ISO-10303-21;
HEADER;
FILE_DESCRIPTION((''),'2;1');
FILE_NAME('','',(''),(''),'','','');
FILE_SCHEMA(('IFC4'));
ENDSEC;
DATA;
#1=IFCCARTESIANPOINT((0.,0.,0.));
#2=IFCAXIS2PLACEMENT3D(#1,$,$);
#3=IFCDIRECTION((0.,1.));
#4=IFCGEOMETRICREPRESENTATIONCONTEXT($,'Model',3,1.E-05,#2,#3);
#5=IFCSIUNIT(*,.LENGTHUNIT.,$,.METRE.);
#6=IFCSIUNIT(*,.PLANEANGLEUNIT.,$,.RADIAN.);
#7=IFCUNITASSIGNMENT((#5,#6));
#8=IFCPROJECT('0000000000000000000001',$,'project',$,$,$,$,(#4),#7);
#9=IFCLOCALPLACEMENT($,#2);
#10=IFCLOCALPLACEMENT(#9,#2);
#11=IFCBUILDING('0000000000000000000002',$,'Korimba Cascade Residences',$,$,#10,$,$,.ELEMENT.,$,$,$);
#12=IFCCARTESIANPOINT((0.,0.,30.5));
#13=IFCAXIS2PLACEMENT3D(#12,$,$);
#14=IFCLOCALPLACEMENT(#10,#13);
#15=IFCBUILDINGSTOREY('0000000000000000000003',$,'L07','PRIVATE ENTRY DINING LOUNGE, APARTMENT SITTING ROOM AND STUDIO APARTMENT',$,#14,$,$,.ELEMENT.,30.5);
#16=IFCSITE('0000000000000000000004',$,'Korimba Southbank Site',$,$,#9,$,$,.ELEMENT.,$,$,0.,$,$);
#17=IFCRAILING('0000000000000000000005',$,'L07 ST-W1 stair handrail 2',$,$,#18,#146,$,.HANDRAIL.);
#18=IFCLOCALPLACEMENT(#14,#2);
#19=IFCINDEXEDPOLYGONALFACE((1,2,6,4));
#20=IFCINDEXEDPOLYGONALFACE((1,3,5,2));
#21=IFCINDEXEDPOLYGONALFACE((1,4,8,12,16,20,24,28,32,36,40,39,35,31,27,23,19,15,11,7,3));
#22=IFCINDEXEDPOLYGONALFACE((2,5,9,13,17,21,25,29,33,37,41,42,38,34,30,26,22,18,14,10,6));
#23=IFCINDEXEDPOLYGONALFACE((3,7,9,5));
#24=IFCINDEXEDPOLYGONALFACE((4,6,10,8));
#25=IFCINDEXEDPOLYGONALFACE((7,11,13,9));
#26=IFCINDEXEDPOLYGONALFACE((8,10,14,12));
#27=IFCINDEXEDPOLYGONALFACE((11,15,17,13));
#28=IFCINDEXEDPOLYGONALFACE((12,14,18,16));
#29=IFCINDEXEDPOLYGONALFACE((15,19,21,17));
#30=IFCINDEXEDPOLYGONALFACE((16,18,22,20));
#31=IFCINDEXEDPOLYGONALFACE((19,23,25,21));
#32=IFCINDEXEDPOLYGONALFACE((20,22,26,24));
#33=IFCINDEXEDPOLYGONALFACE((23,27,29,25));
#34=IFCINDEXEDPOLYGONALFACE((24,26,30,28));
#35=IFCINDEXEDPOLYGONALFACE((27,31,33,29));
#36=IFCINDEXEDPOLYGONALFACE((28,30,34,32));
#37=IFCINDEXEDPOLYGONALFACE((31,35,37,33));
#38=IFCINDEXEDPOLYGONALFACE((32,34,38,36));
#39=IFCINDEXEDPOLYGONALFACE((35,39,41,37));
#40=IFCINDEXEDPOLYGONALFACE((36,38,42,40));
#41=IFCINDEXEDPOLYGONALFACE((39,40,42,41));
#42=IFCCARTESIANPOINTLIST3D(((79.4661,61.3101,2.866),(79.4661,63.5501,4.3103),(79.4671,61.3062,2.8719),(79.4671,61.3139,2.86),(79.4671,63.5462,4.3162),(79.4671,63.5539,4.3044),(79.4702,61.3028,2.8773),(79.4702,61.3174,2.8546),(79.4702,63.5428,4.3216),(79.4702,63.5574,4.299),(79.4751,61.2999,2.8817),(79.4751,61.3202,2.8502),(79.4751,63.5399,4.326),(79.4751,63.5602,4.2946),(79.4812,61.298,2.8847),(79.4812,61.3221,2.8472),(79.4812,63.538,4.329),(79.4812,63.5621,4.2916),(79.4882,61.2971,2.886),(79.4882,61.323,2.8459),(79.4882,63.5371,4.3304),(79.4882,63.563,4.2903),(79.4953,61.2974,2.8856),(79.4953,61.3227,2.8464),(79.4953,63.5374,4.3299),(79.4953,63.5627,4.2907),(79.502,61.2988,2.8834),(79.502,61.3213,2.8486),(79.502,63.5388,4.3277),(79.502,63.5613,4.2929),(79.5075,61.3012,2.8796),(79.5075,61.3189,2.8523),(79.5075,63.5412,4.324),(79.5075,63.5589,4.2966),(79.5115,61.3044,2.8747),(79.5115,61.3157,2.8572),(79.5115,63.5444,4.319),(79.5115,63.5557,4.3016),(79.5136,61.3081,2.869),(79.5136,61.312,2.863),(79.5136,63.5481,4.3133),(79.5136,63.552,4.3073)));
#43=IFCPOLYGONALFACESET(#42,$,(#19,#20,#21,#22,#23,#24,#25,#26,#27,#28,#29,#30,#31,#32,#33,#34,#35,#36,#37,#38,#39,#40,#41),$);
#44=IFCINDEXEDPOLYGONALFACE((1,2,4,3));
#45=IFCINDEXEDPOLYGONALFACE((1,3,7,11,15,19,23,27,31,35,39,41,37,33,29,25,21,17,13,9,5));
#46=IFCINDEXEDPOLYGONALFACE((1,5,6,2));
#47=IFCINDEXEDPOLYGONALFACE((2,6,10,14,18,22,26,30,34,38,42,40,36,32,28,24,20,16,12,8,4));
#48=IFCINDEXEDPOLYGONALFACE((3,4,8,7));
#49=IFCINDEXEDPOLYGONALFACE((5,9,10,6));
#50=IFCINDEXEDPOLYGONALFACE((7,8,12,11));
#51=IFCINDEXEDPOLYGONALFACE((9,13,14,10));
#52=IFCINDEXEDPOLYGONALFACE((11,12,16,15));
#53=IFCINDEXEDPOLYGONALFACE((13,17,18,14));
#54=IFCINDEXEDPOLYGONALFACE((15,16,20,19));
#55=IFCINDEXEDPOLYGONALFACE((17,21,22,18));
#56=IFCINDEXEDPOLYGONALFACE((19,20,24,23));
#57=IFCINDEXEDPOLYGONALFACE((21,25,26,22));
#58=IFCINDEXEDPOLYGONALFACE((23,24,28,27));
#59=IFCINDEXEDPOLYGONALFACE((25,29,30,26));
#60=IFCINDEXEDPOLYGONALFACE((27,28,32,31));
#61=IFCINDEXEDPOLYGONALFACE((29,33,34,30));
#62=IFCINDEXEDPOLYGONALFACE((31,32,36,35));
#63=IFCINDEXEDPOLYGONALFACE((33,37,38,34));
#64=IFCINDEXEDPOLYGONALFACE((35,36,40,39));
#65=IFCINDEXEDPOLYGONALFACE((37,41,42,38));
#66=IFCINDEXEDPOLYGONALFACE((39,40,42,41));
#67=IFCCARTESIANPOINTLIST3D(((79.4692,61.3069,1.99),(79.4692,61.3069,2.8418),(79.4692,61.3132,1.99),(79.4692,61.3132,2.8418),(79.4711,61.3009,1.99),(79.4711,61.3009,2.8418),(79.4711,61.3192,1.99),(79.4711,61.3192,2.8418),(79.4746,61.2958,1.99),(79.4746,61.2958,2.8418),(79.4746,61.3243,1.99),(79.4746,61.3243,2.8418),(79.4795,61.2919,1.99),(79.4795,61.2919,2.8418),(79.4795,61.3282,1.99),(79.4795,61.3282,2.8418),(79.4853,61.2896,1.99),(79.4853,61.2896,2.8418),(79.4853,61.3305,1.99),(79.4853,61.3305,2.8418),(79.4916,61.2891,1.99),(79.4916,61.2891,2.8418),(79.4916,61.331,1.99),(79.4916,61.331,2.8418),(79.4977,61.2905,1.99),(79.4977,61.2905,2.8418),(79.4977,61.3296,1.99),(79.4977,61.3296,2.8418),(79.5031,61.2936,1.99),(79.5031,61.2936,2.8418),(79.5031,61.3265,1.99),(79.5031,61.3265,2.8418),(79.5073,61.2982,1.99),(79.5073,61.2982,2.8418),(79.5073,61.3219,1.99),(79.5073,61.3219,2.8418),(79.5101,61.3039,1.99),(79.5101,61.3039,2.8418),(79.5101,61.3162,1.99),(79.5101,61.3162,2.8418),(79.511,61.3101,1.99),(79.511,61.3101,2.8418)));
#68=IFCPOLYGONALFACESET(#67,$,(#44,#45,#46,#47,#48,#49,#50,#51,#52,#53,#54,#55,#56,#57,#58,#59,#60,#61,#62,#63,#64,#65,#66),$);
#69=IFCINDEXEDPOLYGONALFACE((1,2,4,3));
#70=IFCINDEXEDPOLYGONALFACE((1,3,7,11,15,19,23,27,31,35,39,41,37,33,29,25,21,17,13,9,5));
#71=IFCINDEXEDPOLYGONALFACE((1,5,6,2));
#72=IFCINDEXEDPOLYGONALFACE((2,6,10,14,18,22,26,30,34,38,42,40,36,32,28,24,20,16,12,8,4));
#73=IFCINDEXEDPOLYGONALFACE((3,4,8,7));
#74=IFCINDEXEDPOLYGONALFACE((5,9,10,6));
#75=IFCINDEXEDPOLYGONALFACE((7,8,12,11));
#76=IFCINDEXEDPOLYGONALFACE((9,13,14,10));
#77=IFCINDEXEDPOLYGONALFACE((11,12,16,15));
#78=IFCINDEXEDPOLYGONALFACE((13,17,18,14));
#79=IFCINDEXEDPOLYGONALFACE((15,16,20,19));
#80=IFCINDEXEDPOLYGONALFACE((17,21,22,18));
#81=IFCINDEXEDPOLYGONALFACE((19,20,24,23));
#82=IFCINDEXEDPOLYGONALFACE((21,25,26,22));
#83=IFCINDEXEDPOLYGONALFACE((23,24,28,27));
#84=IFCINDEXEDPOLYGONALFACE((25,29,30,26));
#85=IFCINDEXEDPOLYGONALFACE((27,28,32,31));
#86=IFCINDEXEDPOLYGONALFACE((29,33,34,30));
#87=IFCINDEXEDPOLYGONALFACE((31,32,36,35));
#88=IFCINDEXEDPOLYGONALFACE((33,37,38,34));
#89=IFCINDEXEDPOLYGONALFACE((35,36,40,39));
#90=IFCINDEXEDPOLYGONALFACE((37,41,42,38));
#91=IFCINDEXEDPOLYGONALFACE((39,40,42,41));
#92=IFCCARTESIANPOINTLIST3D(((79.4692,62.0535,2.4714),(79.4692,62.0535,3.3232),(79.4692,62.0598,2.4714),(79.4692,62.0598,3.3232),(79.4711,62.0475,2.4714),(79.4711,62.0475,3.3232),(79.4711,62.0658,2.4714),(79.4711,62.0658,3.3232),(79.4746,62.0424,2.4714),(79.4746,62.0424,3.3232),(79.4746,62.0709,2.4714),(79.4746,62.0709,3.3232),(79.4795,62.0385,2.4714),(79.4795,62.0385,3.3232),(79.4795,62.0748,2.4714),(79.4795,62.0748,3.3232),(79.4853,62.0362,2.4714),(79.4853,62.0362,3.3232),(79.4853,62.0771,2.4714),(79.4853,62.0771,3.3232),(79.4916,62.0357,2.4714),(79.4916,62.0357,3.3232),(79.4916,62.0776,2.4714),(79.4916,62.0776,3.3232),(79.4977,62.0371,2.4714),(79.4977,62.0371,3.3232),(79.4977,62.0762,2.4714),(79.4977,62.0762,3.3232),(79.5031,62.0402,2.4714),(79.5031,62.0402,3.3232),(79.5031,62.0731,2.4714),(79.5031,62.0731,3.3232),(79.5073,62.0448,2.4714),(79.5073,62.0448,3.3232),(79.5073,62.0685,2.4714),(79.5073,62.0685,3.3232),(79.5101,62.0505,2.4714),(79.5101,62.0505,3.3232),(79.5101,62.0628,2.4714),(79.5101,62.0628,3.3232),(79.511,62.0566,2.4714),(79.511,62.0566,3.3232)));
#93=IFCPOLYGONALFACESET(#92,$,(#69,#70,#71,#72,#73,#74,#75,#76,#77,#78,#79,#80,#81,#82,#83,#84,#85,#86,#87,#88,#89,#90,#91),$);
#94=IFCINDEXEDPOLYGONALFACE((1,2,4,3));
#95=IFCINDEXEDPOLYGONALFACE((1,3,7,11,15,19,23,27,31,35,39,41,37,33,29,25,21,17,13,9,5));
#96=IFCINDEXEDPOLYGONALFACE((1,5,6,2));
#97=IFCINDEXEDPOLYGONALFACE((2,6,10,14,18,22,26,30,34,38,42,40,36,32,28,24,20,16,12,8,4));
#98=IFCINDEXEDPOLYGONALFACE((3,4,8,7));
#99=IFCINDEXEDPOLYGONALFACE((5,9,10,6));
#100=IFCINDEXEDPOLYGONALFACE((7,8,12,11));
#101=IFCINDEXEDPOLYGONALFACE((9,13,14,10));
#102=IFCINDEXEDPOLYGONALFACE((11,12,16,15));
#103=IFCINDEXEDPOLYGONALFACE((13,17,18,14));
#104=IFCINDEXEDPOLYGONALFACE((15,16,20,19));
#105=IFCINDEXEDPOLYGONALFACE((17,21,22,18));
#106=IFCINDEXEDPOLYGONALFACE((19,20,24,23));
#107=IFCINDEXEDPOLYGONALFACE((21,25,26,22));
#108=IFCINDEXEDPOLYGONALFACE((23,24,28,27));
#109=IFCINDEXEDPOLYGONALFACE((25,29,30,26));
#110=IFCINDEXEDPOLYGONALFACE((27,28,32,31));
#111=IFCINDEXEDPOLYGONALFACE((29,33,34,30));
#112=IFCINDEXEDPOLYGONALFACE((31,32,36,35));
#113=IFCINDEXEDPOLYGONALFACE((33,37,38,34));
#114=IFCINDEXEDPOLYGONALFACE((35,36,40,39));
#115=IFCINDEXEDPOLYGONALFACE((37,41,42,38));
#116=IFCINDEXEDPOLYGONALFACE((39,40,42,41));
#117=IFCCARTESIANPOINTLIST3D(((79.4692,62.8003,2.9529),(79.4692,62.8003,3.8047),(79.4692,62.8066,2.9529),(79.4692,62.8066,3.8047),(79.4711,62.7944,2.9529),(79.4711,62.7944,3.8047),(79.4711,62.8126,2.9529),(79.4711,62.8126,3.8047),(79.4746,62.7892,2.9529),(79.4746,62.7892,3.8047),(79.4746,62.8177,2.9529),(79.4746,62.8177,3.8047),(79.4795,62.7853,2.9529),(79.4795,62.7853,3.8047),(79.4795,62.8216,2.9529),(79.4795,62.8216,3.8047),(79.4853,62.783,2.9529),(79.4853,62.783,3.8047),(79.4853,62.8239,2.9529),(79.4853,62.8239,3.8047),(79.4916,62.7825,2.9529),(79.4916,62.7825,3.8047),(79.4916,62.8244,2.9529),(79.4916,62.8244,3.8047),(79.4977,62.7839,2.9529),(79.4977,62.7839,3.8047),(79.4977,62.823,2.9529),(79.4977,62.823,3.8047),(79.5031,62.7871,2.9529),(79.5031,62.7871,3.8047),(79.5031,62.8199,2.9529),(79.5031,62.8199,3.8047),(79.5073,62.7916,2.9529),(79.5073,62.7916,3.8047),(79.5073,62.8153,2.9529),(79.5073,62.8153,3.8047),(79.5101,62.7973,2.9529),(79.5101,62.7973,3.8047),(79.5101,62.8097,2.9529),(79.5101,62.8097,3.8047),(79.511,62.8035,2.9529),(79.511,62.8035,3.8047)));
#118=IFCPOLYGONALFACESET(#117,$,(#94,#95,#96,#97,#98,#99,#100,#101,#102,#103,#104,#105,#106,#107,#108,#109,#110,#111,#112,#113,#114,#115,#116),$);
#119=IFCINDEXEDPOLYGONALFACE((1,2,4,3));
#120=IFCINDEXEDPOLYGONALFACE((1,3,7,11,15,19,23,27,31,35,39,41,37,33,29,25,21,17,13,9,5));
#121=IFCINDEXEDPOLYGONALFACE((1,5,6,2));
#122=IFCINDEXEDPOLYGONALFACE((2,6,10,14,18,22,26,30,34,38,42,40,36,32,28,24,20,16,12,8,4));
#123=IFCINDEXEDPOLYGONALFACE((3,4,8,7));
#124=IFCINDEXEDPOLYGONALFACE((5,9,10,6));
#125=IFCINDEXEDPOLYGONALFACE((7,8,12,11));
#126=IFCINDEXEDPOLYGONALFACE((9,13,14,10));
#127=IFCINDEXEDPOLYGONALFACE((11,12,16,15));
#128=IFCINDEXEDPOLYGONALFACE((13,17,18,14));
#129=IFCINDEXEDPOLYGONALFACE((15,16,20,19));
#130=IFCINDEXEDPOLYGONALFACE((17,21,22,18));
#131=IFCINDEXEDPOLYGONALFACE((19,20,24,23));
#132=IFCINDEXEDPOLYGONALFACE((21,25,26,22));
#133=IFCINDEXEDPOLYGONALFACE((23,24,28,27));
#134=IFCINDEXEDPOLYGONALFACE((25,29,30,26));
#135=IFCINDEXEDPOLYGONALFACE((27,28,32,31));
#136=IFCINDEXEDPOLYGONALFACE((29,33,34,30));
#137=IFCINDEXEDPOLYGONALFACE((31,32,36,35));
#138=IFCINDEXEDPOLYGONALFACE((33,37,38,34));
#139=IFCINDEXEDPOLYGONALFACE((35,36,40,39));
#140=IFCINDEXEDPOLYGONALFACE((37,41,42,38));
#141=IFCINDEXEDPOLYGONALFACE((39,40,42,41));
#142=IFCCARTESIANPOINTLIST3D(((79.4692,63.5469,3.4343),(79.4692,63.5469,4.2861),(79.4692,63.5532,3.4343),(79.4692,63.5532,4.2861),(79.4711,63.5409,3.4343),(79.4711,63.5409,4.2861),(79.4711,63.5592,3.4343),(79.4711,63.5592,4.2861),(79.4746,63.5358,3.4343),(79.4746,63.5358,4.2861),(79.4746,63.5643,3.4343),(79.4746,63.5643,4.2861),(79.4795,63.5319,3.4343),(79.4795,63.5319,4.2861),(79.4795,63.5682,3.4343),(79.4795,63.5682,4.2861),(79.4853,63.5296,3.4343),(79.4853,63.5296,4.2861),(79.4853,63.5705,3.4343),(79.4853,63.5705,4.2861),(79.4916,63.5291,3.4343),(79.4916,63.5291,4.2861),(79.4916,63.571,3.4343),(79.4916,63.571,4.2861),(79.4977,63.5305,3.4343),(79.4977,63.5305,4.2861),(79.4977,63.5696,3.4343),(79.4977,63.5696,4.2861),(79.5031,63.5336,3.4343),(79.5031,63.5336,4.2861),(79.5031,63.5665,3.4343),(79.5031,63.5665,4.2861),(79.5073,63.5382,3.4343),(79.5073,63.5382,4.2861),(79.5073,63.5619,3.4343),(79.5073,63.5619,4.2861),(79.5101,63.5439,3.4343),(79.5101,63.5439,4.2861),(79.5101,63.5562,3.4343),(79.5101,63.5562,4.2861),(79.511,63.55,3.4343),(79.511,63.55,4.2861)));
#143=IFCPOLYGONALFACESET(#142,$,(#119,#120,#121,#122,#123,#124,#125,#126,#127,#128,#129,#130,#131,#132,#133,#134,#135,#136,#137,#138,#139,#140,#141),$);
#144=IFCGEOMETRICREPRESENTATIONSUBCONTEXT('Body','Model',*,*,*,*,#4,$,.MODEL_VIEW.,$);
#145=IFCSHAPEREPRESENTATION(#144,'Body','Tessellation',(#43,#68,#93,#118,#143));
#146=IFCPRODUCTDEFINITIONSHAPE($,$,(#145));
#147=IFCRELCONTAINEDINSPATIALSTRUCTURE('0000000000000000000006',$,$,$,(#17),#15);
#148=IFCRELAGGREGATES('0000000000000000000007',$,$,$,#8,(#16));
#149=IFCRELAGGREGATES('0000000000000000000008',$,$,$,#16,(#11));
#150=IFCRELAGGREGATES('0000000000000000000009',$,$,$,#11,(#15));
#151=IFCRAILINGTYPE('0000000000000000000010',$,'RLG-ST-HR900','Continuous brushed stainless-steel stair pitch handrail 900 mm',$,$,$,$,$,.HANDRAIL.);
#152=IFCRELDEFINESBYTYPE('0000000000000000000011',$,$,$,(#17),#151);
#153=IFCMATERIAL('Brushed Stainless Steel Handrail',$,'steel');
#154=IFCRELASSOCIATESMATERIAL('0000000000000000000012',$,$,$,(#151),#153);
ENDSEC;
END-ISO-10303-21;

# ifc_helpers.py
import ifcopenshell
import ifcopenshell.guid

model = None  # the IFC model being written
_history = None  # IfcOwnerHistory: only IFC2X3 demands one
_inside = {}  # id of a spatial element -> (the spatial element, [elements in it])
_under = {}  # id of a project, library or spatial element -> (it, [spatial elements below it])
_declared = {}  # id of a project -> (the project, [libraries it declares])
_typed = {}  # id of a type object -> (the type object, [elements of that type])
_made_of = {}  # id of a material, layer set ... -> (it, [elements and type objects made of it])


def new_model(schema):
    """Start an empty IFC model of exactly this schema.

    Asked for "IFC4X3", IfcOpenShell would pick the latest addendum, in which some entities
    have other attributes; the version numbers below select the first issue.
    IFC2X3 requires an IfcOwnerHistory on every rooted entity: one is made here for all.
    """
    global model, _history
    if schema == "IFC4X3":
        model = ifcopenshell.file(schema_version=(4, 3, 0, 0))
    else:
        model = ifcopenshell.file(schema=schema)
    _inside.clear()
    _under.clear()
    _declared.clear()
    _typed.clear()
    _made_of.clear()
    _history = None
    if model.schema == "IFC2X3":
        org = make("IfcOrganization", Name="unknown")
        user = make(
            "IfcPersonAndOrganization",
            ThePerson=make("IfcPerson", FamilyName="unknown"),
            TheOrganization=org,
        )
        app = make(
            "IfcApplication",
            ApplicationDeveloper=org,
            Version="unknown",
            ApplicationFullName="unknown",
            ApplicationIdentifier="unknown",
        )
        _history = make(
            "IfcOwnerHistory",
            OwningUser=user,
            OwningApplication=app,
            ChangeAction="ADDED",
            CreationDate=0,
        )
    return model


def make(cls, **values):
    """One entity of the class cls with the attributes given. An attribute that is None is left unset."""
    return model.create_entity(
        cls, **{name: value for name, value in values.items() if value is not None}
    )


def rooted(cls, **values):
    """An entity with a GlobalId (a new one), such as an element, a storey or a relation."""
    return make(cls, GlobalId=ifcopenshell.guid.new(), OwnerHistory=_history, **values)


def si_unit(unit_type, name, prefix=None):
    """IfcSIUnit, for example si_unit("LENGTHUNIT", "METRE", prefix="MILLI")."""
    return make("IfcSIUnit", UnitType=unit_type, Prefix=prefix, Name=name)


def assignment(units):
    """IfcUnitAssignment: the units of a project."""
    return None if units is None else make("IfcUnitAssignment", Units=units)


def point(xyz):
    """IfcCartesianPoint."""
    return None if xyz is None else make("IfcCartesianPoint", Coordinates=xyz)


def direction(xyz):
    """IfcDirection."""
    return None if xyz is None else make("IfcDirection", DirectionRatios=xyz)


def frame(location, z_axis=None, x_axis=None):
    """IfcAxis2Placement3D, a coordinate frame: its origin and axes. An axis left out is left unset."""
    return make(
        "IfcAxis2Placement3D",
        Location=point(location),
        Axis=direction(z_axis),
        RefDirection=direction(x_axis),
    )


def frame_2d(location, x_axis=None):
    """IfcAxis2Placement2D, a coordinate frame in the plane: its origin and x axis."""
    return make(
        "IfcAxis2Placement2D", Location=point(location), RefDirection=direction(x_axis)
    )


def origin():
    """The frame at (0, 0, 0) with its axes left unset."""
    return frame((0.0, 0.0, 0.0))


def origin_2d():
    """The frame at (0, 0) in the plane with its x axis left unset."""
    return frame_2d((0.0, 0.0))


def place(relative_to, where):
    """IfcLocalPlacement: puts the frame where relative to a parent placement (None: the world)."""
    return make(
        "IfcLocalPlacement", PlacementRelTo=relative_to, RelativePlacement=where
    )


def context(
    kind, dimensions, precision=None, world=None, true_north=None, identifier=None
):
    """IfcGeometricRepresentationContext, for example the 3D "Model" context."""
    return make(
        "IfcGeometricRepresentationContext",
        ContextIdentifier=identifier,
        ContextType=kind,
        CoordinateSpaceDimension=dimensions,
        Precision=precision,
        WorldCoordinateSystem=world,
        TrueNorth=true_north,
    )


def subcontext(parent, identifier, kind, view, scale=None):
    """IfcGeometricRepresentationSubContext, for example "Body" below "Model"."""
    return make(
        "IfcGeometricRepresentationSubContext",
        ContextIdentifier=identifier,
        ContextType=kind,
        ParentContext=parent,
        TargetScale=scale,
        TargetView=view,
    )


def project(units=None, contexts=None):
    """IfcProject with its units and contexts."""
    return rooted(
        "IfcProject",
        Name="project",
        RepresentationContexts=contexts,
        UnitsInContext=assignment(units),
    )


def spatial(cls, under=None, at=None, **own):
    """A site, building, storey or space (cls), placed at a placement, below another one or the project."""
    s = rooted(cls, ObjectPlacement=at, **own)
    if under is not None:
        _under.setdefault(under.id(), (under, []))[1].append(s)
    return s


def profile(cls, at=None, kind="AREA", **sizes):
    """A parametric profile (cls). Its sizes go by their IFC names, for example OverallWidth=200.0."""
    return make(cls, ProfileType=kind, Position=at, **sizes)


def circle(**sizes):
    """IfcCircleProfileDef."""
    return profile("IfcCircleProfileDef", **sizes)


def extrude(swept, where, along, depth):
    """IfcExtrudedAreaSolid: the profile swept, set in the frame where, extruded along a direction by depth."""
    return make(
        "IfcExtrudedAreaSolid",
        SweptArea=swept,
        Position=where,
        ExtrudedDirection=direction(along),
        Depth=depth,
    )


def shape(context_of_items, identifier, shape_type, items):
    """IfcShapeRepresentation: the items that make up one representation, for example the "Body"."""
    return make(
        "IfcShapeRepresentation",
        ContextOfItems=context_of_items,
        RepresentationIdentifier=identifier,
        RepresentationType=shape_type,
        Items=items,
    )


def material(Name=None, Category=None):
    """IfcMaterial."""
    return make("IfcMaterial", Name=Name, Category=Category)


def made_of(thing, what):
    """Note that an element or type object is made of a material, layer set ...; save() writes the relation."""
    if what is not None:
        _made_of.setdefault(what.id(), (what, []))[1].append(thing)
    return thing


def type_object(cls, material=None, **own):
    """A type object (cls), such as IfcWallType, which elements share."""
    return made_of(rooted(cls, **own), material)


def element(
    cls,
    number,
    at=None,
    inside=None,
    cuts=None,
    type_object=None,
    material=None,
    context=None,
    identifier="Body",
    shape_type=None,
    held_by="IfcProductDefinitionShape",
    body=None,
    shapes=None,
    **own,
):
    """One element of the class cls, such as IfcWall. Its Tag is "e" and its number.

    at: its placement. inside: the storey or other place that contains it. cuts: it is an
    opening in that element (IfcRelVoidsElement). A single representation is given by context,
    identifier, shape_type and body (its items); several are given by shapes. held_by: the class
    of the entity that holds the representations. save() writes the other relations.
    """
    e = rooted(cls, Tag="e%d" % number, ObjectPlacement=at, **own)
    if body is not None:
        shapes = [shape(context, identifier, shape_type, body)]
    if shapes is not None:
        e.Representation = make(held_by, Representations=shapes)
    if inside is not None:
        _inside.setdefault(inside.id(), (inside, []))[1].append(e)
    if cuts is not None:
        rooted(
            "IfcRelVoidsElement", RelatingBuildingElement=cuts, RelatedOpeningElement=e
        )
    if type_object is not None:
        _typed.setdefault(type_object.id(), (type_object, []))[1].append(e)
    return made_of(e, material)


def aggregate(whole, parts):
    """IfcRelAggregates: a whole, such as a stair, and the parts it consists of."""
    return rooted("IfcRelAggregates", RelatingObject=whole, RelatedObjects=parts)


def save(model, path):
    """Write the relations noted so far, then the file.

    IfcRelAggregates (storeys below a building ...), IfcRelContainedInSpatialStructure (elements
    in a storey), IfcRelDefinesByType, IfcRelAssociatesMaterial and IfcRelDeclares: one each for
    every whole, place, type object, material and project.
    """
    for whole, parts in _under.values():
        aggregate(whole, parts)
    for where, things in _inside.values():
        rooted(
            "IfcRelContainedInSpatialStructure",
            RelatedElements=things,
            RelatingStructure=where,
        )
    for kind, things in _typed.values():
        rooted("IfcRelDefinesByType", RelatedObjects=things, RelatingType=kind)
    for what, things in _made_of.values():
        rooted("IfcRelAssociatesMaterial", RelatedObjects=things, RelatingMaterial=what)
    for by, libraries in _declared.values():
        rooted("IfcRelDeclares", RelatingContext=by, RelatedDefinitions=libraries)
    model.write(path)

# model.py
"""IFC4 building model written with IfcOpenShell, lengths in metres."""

from ifc_helpers import new_model, si_unit, direction, frame, origin, origin_2d, place, context, subcontext, project, spatial, circle, extrude, material, type_object, element, save


model = new_model("IFC4")

# Units and contexts
model_context = context("Model", 3, precision=1e-05, world=origin(), true_north=direction((0.0, 1.0)))
body_context = subcontext(model_context, "Body", "Model", "MODEL_VIEW")
ifc_project = project(units=[si_unit("LENGTHUNIT", "METRE"), si_unit("PLANEANGLEUNIT", "RADIAN")], contexts=[model_context])

# Site, building, storey
site_placement = place(None, origin())
site = spatial("IfcSite", under=ifc_project, at=site_placement, Name="Korimba Southbank Site", CompositionType="ELEMENT", RefElevation=0.0)
building_placement = place(site_placement, origin())
building = spatial("IfcBuilding", under=site, at=building_placement, Name="Korimba Cascade Residences", CompositionType="ELEMENT")
storey_placement = place(building_placement, frame((0.0, 0.0, 30.5)))
storey = spatial("IfcBuildingStorey", under=building, at=storey_placement, Name="L07", Description="PRIVATE ENTRY DINING LOUNGE, APARTMENT SITTING ROOM AND STUDIO APARTMENT", CompositionType="ELEMENT", Elevation=30.5)

# Railing
ifc_material_1 = material(Name="Brushed Stainless Steel Handrail", Category="steel")
railing_type_1 = type_object("IfcRailingType", Name="RLG-ST-HR900", Description="Continuous brushed stainless-steel stair pitch handrail 900 mm", PredefinedType="HANDRAIL", material=ifc_material_1)
railing_1_placement = place(storey_placement, frame((79.49, 61.3101, 1.99)))
element("IfcRailing", 1, at=railing_1_placement, inside=storey, type_object=railing_type_1, Name="L07 ST-W1 stair handrail 2", PredefinedType="HANDRAIL", context=body_context, shape_type="SweptSolid", body=[
    extrude(circle(Radius=0.0239, at=origin_2d()), frame((0.0, 0.0, 0.876), z_axis=(0.0, 0.840437, 0.54191), x_axis=(-1.0, 0.0, 0.0)), (0.0, 0.0, 1.0), 2.6653),
    extrude(circle(Radius=0.021, at=origin_2d()), origin(), (0.0, 0.0, 1.0), 0.8518),
    extrude(circle(Radius=0.021, at=origin_2d()), frame((0.0, 0.7466, 0.4814)), (0.0, 0.0, 1.0), 0.8518),
    extrude(circle(Radius=0.021, at=origin_2d()), frame((0.0, 1.4934, 0.9629)), (0.0, 0.0, 1.0), 0.8518),
    extrude(circle(Radius=0.021, at=origin_2d()), frame((0.0, 2.24, 1.4443)), (0.0, 0.0, 1.0), 0.8518),
])

save(model, "model.ifc")
